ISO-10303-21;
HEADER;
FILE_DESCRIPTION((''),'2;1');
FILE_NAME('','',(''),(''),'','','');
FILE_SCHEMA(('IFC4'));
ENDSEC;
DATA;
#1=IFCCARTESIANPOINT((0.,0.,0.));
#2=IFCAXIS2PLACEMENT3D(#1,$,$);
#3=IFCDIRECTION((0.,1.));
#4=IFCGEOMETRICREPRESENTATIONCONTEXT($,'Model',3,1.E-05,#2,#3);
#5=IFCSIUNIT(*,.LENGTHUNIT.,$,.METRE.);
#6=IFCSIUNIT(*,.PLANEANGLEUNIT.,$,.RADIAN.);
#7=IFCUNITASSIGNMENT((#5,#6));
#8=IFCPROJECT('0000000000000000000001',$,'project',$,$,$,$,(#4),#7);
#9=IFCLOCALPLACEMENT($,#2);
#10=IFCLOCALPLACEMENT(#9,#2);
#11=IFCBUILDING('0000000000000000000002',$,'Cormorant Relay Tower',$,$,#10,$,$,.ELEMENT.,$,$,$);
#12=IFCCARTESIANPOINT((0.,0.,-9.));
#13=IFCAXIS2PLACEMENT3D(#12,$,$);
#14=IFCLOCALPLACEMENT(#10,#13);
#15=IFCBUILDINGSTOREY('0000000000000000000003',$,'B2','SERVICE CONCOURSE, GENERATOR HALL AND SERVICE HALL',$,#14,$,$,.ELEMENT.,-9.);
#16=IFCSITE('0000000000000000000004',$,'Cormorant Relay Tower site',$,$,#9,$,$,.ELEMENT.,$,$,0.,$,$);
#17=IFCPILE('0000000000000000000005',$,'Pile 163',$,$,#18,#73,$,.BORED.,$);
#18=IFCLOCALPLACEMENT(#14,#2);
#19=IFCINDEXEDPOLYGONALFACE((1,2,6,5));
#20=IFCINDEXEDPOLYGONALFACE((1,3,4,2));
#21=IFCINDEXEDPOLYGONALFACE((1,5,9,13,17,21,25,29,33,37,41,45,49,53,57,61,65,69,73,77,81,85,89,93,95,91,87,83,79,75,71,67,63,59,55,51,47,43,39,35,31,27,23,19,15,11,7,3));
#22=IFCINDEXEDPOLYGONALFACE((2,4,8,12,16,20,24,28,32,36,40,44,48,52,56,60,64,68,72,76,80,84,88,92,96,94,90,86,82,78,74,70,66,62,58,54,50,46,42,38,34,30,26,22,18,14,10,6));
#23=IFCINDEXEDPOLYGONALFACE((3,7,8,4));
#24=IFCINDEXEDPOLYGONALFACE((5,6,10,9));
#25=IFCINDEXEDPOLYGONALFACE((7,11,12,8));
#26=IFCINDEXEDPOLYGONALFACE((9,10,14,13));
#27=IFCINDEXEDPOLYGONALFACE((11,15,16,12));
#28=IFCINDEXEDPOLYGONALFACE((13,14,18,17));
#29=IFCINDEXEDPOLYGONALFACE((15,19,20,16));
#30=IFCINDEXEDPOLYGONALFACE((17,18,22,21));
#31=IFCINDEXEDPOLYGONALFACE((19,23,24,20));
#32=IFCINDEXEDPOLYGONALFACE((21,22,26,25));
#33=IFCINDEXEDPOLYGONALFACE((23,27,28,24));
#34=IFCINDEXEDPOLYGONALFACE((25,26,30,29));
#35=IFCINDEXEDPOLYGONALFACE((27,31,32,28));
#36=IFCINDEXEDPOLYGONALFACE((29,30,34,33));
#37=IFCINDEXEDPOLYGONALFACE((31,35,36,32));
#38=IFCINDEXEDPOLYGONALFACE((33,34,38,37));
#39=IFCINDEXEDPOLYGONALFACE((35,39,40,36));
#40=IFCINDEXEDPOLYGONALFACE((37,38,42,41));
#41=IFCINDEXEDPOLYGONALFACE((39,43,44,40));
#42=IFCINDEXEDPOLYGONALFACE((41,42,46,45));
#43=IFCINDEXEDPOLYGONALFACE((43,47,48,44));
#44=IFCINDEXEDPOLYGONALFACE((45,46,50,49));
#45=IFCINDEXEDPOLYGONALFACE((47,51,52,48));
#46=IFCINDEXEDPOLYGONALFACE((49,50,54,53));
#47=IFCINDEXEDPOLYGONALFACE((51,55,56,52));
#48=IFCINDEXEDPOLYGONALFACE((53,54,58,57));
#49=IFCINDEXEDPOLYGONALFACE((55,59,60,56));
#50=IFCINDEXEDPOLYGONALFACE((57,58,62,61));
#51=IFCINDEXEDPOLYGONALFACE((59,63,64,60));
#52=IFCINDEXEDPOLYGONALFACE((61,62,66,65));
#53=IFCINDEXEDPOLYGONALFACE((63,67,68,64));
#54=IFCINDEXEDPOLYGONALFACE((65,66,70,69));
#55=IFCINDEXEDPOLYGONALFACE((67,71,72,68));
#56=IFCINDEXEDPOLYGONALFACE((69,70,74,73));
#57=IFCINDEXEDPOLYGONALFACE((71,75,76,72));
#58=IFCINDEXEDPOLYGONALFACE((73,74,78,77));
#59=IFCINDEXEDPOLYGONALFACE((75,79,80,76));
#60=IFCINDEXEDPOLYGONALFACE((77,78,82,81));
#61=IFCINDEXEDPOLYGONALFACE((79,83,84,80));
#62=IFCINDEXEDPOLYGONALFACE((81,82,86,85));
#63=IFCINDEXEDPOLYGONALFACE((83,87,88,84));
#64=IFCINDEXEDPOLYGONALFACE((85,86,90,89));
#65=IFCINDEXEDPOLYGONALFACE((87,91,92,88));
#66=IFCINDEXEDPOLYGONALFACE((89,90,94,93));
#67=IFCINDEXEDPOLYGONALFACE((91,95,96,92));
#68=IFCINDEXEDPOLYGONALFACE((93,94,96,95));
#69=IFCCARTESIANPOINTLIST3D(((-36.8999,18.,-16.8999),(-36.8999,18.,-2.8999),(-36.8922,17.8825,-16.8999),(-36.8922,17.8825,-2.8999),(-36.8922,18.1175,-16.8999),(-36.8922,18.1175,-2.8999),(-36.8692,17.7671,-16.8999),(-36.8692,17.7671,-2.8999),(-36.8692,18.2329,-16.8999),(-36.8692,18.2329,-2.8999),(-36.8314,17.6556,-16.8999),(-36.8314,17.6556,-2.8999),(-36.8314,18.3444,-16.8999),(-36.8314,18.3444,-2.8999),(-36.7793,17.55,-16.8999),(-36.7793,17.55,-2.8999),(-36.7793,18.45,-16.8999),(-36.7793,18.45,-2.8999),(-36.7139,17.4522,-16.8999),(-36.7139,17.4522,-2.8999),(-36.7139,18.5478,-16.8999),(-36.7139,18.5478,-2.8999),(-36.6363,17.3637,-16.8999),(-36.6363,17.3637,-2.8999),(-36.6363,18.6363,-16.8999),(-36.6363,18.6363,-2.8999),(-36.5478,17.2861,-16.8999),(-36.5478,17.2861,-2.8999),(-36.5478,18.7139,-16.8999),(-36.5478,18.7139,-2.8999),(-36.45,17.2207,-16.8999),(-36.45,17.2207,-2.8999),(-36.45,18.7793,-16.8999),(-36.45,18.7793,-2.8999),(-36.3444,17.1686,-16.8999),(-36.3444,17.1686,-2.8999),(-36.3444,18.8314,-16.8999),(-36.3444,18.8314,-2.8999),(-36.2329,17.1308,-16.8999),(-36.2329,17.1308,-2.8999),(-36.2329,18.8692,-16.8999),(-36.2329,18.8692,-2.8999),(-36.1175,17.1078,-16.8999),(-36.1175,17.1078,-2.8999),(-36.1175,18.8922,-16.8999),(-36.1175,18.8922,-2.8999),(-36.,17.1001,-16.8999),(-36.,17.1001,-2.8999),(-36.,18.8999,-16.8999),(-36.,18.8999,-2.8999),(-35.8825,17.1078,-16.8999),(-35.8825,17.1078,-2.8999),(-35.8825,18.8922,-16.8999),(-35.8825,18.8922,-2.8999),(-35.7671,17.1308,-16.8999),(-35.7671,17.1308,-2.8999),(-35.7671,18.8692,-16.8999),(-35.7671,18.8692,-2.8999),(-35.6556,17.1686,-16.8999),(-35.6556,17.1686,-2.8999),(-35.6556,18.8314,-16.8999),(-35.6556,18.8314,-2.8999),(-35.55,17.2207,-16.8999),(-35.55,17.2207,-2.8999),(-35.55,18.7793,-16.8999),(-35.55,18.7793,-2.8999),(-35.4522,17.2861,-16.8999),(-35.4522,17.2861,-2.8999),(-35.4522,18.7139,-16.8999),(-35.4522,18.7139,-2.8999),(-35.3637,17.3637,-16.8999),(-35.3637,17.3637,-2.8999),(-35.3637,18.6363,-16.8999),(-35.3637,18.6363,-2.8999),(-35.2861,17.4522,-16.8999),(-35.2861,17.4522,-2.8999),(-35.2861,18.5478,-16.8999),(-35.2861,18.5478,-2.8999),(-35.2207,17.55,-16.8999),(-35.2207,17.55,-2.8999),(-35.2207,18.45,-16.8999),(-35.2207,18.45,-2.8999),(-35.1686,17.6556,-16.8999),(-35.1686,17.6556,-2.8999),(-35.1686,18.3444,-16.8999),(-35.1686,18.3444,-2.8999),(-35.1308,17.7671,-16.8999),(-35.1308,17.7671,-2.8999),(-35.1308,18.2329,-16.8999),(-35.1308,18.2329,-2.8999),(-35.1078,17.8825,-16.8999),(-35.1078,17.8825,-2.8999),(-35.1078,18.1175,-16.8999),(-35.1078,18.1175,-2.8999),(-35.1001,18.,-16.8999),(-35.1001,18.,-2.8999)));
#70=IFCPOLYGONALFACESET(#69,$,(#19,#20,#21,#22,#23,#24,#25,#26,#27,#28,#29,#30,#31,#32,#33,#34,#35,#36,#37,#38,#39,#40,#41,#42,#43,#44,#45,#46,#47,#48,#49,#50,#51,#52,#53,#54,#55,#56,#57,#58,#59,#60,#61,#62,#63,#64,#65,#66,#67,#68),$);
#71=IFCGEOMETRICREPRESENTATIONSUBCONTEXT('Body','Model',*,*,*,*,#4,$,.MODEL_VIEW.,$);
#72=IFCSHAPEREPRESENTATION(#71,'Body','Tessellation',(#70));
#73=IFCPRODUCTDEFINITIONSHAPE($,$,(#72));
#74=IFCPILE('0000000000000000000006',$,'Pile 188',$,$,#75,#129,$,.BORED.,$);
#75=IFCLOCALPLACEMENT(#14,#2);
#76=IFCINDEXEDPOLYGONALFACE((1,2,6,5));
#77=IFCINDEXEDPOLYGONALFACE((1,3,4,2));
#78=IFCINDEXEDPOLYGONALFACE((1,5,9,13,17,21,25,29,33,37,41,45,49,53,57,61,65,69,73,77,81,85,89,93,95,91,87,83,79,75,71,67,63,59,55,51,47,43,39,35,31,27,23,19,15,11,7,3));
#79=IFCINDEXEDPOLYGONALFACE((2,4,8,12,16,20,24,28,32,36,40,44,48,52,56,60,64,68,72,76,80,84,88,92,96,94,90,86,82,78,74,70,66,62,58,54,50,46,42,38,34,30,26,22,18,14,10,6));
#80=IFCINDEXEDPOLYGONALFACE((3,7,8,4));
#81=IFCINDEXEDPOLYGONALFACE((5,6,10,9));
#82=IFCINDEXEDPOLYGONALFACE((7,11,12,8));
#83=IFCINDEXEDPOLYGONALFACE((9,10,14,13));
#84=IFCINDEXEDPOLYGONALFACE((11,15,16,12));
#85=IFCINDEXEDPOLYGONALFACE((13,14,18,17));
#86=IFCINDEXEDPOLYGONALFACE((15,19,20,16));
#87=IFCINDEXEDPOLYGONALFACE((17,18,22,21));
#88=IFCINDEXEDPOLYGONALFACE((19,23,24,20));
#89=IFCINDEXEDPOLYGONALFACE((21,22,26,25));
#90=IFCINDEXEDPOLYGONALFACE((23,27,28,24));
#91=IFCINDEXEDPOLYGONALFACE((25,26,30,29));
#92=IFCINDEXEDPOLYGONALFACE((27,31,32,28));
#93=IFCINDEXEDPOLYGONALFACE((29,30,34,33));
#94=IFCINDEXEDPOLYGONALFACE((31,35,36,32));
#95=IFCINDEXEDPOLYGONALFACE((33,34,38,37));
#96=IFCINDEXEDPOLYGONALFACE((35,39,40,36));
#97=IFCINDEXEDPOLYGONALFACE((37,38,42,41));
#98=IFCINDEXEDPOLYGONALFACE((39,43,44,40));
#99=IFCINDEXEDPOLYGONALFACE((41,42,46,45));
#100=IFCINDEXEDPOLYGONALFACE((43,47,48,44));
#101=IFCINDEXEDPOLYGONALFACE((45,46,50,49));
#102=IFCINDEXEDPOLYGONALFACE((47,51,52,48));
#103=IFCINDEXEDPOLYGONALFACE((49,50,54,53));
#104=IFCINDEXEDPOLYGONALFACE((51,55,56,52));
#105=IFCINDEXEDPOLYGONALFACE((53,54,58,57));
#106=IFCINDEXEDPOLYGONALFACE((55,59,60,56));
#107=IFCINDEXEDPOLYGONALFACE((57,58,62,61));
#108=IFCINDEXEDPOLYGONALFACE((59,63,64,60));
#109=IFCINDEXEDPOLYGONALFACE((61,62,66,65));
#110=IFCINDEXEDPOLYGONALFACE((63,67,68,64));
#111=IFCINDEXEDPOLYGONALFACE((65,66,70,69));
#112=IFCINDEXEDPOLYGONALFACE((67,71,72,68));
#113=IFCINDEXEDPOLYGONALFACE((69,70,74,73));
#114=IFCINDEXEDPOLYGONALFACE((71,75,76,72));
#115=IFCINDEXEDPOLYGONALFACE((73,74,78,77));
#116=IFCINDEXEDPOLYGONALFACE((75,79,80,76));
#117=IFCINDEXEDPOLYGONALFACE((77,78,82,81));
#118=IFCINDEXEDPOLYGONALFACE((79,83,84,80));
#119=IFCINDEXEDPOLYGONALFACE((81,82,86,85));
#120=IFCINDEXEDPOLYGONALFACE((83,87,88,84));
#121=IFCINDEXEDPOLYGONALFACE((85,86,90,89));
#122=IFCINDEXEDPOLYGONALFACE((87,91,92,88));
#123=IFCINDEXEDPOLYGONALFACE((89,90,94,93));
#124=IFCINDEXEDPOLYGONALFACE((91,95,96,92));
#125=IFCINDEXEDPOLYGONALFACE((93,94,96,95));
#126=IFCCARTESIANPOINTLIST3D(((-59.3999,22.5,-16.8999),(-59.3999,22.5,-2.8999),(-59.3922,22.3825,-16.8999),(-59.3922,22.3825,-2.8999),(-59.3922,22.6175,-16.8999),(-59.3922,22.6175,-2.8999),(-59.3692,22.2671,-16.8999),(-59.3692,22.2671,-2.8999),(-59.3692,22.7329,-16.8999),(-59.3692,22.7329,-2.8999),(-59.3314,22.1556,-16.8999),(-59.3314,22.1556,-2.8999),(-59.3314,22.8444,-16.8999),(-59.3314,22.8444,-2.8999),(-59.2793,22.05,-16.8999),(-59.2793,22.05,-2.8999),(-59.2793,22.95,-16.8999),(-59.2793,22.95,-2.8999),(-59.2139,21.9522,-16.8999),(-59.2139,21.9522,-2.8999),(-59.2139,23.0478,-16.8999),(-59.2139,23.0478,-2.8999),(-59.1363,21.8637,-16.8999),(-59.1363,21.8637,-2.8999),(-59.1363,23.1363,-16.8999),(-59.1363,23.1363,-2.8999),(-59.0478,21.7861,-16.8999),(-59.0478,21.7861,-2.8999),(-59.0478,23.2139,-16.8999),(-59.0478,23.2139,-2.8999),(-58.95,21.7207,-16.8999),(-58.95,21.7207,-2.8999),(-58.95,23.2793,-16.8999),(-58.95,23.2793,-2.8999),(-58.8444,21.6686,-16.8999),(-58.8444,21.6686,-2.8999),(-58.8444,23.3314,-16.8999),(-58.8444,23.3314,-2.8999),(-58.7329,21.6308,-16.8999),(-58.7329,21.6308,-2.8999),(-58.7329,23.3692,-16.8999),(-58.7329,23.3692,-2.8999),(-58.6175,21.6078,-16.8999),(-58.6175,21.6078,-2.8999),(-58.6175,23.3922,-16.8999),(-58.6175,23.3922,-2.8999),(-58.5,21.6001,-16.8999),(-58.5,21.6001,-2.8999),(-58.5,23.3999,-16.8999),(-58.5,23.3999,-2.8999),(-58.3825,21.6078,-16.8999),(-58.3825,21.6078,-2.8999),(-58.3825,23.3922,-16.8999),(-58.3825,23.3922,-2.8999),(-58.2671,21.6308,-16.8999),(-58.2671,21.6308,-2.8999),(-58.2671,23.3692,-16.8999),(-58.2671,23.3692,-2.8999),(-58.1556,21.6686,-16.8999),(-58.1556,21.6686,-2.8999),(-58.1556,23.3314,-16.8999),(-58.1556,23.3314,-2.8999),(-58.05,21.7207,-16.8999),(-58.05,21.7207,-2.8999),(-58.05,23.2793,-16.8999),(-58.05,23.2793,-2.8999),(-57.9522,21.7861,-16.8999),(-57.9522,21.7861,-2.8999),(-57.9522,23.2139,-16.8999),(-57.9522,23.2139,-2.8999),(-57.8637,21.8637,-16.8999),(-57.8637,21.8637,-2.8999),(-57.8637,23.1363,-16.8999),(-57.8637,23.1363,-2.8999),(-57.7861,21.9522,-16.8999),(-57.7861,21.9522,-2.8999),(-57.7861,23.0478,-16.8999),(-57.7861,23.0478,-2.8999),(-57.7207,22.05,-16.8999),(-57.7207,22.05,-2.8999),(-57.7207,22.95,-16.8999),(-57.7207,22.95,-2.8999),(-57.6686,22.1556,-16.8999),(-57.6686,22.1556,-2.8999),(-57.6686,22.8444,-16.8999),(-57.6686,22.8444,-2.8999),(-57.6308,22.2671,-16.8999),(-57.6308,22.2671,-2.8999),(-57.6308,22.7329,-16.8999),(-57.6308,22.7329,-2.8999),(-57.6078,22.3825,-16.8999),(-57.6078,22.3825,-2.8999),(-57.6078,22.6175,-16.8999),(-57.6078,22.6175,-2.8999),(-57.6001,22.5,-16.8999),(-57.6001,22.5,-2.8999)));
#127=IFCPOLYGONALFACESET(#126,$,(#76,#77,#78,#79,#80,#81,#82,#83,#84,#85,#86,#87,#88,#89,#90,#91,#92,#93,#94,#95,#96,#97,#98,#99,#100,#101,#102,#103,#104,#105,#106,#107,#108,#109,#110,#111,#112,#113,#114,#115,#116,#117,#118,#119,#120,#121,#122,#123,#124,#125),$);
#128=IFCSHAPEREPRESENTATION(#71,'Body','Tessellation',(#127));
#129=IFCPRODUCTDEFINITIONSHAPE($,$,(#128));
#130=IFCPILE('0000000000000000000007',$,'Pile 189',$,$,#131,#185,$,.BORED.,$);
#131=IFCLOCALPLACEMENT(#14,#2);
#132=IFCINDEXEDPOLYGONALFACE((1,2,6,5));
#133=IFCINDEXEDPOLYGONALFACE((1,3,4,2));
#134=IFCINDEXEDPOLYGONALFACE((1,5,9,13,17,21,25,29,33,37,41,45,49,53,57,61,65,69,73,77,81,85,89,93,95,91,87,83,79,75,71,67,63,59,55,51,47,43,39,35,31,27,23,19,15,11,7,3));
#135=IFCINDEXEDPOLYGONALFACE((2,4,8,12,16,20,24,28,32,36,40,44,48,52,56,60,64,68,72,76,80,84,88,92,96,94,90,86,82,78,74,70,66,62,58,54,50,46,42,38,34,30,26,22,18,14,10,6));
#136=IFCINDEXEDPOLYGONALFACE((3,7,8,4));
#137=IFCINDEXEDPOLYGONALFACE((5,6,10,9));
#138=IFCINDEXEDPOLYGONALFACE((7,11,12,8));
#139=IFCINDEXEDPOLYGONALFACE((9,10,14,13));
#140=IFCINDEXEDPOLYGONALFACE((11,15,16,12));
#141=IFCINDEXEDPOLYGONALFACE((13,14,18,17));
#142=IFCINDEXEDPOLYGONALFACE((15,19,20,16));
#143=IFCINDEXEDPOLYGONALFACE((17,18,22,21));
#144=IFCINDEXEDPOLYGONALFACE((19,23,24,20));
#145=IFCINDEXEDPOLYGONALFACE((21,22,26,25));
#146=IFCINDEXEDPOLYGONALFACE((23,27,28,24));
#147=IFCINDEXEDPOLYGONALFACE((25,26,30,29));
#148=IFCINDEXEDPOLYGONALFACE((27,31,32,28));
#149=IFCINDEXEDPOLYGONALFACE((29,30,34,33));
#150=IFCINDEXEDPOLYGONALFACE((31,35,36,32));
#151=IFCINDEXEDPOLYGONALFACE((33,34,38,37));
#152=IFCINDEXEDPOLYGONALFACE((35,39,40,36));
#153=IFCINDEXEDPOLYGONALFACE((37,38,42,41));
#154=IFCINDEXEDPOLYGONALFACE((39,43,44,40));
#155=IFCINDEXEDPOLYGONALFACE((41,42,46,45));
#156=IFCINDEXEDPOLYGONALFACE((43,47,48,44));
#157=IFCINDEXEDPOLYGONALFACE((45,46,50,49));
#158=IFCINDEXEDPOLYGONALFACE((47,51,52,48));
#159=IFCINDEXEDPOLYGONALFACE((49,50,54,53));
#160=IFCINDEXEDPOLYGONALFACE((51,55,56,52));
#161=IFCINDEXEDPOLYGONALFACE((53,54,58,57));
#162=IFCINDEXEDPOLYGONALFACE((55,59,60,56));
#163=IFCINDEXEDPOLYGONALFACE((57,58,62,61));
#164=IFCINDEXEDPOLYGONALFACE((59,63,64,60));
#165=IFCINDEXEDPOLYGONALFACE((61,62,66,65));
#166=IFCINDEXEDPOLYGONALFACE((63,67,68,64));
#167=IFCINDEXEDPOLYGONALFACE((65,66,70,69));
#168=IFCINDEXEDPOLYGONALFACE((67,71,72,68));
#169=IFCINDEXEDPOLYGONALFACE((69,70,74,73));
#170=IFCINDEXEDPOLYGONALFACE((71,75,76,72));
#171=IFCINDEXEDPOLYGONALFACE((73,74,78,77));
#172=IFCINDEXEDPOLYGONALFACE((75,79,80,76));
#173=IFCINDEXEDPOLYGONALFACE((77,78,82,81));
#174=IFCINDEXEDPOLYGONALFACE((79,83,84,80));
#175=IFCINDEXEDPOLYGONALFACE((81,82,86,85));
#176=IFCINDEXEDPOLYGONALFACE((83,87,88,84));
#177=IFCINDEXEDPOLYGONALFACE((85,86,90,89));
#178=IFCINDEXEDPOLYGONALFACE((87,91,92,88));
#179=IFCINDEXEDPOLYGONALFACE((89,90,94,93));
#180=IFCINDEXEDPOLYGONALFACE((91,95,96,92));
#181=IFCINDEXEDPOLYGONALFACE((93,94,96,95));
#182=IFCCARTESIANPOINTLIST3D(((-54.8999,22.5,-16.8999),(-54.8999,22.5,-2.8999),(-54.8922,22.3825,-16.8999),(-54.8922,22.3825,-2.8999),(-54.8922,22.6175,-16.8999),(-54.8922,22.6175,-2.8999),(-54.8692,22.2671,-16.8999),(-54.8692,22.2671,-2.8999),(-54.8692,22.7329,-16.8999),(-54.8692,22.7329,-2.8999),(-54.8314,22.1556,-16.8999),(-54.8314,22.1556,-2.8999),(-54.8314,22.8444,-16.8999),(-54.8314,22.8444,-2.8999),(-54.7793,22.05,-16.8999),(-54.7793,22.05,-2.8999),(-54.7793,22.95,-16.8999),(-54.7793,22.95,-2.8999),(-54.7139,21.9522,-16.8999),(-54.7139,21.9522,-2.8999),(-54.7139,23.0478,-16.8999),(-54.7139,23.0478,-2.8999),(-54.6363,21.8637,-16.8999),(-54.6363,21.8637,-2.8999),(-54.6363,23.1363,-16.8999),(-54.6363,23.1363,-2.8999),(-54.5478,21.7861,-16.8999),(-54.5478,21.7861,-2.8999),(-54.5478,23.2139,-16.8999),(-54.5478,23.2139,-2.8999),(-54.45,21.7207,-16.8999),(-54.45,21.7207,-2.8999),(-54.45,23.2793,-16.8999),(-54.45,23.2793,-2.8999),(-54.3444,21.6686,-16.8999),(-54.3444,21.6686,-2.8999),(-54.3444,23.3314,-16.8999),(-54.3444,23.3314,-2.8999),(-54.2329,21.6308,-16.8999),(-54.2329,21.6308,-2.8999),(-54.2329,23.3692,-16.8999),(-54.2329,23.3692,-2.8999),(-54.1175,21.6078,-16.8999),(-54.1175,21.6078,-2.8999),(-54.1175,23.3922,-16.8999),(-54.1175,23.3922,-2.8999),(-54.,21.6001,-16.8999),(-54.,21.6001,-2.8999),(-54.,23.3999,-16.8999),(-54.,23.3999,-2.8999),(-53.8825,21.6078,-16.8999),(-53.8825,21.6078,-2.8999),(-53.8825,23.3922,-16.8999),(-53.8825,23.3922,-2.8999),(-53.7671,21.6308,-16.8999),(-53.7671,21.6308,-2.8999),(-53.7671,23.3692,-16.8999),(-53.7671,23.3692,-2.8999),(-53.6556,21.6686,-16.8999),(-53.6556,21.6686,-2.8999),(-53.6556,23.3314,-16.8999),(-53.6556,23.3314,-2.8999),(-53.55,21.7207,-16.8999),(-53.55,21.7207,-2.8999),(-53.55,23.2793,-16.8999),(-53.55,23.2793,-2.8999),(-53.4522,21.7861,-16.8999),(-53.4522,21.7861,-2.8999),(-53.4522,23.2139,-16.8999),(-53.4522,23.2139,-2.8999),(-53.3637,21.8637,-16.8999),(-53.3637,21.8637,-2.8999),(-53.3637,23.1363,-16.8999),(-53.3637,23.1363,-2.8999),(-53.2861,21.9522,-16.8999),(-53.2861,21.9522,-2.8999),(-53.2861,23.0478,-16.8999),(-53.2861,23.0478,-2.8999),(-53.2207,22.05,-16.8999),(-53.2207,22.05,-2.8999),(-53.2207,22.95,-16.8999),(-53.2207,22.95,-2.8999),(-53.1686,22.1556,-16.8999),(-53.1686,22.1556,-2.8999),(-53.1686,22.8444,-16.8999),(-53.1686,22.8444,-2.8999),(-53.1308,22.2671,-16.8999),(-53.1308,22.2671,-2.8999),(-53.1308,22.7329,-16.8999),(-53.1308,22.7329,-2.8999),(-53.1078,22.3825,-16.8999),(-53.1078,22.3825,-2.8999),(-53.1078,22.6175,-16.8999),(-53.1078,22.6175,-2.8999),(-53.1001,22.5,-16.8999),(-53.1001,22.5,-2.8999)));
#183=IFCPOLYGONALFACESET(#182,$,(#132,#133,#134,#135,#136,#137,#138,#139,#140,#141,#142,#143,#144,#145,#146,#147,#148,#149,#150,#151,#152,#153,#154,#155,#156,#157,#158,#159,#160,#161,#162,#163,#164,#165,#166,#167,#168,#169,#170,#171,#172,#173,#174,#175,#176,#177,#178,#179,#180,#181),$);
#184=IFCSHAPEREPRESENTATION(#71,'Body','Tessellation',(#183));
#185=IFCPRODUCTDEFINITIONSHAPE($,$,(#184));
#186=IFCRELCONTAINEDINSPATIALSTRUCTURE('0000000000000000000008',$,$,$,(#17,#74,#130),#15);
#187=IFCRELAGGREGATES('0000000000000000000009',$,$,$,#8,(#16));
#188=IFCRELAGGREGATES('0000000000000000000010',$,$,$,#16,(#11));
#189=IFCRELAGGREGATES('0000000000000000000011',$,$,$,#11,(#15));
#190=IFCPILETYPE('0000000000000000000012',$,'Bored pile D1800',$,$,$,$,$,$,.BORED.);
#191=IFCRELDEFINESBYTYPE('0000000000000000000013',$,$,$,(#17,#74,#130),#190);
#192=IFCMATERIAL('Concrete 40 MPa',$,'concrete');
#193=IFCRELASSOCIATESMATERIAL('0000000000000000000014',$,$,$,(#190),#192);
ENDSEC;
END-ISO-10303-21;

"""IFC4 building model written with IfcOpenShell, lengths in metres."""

from ifc_helpers import new_model, si_unit, direction, frame, origin, origin_2d, place, context, subcontext, project, spatial, circle, extrude, material, material_profile, profile_set, type_object, element, save


model = new_model("IFC4")

# Units and contexts
model_context = context("Model", 3, precision=1e-05, world=origin(), true_north=direction((0.0, 1.0)))
body_context = subcontext(model_context, "Body", "Model", "MODEL_VIEW")
ifc_project = project(units=[si_unit("LENGTHUNIT", "METRE"), si_unit("PLANEANGLEUNIT", "RADIAN")], contexts=[model_context])

# Site, building, storey
site_placement = place(None, origin())
site = spatial("IfcSite", under=ifc_project, at=site_placement, Name="Cormorant Relay Tower site", CompositionType="ELEMENT", RefElevation=0.0)
building_placement = place(site_placement, origin())
building = spatial("IfcBuilding", under=site, at=building_placement, Name="Cormorant Relay Tower", CompositionType="ELEMENT")
storey_placement = place(building_placement, frame((0.0, 0.0, -9.0)))
storey = spatial("IfcBuildingStorey", under=building, at=storey_placement, Name="B2", Description="SERVICE CONCOURSE, GENERATOR HALL AND SERVICE HALL", CompositionType="ELEMENT", Elevation=-9.0)

# Piles
ifc_material_1 = material(Name="Concrete 40 MPa", Category="concrete")
ifc_material_profile_1 = material_profile(ifc_material_1, circle(Radius=0.8999, at=origin_2d()), Name="BP1800")
ifc_profile_set_1 = profile_set([ifc_material_profile_1], Name="Concrete 40 MPa")
pile_type = type_object("IfcPileType", Name="Bored pile D1800", PredefinedType="BORED", material=ifc_profile_set_1)
for number, where, z_axis, x_axis, name in (
    (1, (-36.0, 18.0, -2.8999), (0.0, 0.0, -1.0), (1.0, 0.0, 0.0), "Pile 163"),
    (2, (-58.5, 22.5, -2.8999), (0.0, 0.0, -1.0), (1.0, 0.0, 0.0), "Pile 188"),
    (3, (-54.0, 22.5, -2.8999), (0.0, 0.0, -1.0), (1.0, 0.0, 0.0), "Pile 189"),
):
    element("IfcPile", number, at=place(storey_placement, frame(where, z_axis=z_axis, x_axis=x_axis)), inside=storey, type_object=pile_type, Name=name, PredefinedType="BORED", context=body_context, shape_type="SweptSolid", body=[
        extrude(circle(Radius=0.8999, at=origin_2d()), origin(), (0.0, 0.0, 1.0), 14.0),
    ])

save(model, "model.ifc")
